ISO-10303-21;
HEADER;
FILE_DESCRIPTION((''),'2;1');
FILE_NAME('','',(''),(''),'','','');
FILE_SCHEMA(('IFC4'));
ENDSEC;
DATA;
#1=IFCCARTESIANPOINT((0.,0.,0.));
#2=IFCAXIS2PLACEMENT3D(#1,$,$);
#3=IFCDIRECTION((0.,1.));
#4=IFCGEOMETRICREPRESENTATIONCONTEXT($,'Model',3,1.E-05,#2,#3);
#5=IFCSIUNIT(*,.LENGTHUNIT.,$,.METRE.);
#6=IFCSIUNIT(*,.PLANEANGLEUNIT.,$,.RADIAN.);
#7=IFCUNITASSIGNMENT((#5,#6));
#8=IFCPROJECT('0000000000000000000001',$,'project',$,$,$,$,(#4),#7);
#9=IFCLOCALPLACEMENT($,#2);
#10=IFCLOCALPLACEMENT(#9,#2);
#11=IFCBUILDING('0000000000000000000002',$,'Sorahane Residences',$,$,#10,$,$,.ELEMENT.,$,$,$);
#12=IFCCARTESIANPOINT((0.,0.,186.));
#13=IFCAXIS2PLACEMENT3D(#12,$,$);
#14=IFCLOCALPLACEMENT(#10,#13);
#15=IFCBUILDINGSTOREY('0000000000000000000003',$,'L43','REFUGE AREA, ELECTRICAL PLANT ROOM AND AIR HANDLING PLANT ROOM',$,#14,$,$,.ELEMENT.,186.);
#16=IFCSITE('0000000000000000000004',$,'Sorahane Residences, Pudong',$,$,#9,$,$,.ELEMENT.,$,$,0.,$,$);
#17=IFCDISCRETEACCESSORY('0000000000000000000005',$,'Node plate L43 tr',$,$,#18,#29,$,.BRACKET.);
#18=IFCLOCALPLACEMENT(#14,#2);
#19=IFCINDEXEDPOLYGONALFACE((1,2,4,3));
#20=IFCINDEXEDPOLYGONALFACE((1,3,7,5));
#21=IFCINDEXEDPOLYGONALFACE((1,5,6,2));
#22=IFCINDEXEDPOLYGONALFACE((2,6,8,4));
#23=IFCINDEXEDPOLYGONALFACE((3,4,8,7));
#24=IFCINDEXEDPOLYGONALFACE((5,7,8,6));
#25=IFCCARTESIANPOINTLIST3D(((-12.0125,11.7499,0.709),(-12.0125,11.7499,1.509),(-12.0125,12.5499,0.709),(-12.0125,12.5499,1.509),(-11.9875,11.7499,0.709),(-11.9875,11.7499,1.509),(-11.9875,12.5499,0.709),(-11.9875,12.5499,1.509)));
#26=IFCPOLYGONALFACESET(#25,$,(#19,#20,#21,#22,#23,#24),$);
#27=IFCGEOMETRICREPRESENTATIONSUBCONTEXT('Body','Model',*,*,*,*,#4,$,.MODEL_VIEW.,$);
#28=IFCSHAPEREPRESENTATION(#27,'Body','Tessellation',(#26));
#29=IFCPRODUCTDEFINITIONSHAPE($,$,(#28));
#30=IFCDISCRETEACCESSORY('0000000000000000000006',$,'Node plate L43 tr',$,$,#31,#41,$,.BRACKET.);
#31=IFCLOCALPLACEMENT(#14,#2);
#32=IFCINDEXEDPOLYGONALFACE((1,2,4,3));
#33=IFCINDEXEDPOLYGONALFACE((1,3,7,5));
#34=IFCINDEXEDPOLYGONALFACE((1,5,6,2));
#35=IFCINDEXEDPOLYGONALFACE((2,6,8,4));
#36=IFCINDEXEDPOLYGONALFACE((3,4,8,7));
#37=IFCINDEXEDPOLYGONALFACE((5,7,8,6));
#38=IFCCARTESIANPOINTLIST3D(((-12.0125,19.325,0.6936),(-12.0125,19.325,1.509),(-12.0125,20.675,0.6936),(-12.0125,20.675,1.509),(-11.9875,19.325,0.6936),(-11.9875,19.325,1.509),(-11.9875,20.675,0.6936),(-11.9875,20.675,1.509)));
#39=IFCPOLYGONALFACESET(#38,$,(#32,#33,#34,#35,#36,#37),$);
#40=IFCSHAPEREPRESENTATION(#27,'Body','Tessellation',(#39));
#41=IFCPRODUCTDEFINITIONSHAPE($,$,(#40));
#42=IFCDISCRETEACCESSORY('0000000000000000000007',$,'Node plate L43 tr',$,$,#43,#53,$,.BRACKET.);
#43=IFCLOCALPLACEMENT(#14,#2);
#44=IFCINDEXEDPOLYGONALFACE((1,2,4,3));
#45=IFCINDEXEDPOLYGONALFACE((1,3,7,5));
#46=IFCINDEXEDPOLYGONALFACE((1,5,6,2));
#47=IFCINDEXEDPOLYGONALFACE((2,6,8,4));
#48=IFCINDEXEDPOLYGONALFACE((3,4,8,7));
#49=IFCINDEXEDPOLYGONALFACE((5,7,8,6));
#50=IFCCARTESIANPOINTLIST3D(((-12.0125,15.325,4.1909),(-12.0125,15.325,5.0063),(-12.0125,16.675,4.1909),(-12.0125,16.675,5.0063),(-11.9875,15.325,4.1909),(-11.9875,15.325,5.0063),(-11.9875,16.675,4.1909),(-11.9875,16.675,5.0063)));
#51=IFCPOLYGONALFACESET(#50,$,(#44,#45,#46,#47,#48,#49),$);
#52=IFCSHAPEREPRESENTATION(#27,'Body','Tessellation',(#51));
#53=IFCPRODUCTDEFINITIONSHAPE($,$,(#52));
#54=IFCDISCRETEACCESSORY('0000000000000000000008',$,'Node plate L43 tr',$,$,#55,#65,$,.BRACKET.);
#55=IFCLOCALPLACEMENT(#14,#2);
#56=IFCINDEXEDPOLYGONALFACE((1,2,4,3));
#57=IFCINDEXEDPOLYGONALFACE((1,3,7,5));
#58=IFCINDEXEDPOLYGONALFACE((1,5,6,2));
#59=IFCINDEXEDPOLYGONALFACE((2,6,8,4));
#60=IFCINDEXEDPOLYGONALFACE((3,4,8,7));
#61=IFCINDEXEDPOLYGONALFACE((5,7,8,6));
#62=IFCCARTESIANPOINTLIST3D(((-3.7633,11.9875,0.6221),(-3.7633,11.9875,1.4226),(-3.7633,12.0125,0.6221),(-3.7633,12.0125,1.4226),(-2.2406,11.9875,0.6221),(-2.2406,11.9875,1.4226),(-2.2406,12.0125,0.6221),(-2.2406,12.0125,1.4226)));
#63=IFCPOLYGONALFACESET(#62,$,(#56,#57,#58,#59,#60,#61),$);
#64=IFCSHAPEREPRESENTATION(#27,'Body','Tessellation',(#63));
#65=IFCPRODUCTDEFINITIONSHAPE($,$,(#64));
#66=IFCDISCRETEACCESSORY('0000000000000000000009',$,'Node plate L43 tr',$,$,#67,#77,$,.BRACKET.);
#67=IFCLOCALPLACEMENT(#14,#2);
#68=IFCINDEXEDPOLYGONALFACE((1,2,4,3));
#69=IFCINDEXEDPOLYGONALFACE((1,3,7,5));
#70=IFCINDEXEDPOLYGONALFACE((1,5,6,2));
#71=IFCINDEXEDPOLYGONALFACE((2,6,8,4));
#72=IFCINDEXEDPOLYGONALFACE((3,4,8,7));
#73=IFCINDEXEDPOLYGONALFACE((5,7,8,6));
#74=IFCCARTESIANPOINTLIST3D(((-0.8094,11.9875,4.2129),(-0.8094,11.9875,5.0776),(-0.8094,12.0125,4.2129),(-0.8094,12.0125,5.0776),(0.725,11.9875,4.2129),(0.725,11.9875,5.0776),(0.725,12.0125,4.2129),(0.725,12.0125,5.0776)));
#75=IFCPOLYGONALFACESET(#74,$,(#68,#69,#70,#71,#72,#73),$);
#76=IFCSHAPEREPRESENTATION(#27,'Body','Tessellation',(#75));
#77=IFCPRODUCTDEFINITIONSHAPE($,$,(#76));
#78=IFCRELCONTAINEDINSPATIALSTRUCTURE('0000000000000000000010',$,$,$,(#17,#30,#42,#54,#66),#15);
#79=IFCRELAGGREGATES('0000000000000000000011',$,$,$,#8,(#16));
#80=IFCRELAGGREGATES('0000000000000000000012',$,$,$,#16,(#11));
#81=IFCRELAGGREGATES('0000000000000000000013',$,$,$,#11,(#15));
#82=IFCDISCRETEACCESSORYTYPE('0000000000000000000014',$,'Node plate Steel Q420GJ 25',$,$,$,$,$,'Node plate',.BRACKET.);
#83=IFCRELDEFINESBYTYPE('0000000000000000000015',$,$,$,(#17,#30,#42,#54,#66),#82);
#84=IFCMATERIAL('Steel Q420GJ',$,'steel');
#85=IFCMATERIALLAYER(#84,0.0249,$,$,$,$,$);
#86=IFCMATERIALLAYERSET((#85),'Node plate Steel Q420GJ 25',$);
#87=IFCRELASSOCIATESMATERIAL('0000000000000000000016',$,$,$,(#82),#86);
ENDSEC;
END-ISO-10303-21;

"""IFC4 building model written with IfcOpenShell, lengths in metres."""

from ifc_helpers import new_model, si_unit, direction, frame, origin, origin_2d, place, context, subcontext, project, spatial, rectangle, extrude, material, layer, layer_set, type_object, element, save


model = new_model("IFC4")

# Units and contexts
model_context = context("Model", 3, precision=1e-05, world=origin(), true_north=direction((0.0, 1.0)))
body_context = subcontext(model_context, "Body", "Model", "MODEL_VIEW")
ifc_project = project(units=[si_unit("LENGTHUNIT", "METRE"), si_unit("PLANEANGLEUNIT", "RADIAN")], contexts=[model_context])

# Site, building, storey
site_placement = place(None, origin())
site = spatial("IfcSite", under=ifc_project, at=site_placement, Name="Sorahane Residences, Pudong", CompositionType="ELEMENT", RefElevation=0.0)
building_placement = place(site_placement, origin())
building = spatial("IfcBuilding", under=site, at=building_placement, Name="Sorahane Residences", CompositionType="ELEMENT")
storey_placement = place(building_placement, frame((0.0, 0.0, 186.0)))
storey = spatial("IfcBuildingStorey", under=building, at=storey_placement, Name="L43", Description="REFUGE AREA, ELECTRICAL PLANT ROOM AND AIR HANDLING PLANT ROOM", CompositionType="ELEMENT", Elevation=186.0)

# Discrete accessories
ifc_material_1 = material(Name="Steel Q420GJ", Category="steel")
ifc_layer_1 = layer(ifc_material_1, 0.0249)
ifc_layer_set_1 = layer_set([ifc_layer_1], Name="Node plate Steel Q420GJ 25")
discrete_accessory_type_1 = type_object("IfcDiscreteAccessoryType", Name="Node plate Steel Q420GJ 25", ElementType="Node plate", PredefinedType="BRACKET", material=ifc_layer_set_1)
discrete_accessory_1_placement = place(storey_placement, frame((-12.0, 12.1499, 0.709), z_axis=(0.0, 0.0, 1.0), x_axis=(0.0, 1.0, 0.0)))
element("IfcDiscreteAccessory", 1, at=discrete_accessory_1_placement, inside=storey, type_object=discrete_accessory_type_1, Name="Node plate L43 tr", PredefinedType="BRACKET", context=body_context, shape_type="SweptSolid", body=[
    extrude(rectangle(XDim=0.8, YDim=0.0249, at=origin_2d()), origin(), (0.0, 0.0, 1.0), 0.8),
])
for number, where, z_axis, x_axis, name in (
    (2, (-12.0, 20.0, 0.6936), (0.0, 0.0, 1.0), (0.0, 1.0, 0.0), "Node plate L43 tr"),
    (3, (-12.0, 16.0, 4.1909), (0.0, 0.0, 1.0), (0.0, 1.0, 0.0), "Node plate L43 tr"),
):
    element("IfcDiscreteAccessory", number, at=place(storey_placement, frame(where, z_axis=z_axis, x_axis=x_axis)), inside=storey, type_object=discrete_accessory_type_1, Name=name, PredefinedType="BRACKET", context=body_context, shape_type="SweptSolid", body=[
        extrude(rectangle(XDim=1.3501, YDim=0.0249, at=origin_2d()), origin(), (0.0, 0.0, 1.0), 0.8154),
    ])
discrete_accessory_2_placement = place(storey_placement, frame((-3.002, 12.0, 0.6221), z_axis=(0.0, 0.0, 1.0), x_axis=(1.0, 0.0, 0.0)))
element("IfcDiscreteAccessory", 4, at=discrete_accessory_2_placement, inside=storey, type_object=discrete_accessory_type_1, Name="Node plate L43 tr", PredefinedType="BRACKET", context=body_context, shape_type="SweptSolid", body=[
    extrude(rectangle(XDim=1.5227, YDim=0.0249, at=origin_2d()), origin(), (0.0, 0.0, 1.0), 0.8005),
])
discrete_accessory_3_placement = place(storey_placement, frame((-0.0422, 12.0, 4.2129), z_axis=(0.0, 0.0, 1.0), x_axis=(1.0, 0.0, 0.0)))
element("IfcDiscreteAccessory", 5, at=discrete_accessory_3_placement, inside=storey, type_object=discrete_accessory_type_1, Name="Node plate L43 tr", PredefinedType="BRACKET", context=body_context, shape_type="SweptSolid", body=[
    extrude(rectangle(XDim=1.5344, YDim=0.0249, at=origin_2d()), origin(), (0.0, 0.0, 1.0), 0.8647),
])

save(model, "model.ifc")
